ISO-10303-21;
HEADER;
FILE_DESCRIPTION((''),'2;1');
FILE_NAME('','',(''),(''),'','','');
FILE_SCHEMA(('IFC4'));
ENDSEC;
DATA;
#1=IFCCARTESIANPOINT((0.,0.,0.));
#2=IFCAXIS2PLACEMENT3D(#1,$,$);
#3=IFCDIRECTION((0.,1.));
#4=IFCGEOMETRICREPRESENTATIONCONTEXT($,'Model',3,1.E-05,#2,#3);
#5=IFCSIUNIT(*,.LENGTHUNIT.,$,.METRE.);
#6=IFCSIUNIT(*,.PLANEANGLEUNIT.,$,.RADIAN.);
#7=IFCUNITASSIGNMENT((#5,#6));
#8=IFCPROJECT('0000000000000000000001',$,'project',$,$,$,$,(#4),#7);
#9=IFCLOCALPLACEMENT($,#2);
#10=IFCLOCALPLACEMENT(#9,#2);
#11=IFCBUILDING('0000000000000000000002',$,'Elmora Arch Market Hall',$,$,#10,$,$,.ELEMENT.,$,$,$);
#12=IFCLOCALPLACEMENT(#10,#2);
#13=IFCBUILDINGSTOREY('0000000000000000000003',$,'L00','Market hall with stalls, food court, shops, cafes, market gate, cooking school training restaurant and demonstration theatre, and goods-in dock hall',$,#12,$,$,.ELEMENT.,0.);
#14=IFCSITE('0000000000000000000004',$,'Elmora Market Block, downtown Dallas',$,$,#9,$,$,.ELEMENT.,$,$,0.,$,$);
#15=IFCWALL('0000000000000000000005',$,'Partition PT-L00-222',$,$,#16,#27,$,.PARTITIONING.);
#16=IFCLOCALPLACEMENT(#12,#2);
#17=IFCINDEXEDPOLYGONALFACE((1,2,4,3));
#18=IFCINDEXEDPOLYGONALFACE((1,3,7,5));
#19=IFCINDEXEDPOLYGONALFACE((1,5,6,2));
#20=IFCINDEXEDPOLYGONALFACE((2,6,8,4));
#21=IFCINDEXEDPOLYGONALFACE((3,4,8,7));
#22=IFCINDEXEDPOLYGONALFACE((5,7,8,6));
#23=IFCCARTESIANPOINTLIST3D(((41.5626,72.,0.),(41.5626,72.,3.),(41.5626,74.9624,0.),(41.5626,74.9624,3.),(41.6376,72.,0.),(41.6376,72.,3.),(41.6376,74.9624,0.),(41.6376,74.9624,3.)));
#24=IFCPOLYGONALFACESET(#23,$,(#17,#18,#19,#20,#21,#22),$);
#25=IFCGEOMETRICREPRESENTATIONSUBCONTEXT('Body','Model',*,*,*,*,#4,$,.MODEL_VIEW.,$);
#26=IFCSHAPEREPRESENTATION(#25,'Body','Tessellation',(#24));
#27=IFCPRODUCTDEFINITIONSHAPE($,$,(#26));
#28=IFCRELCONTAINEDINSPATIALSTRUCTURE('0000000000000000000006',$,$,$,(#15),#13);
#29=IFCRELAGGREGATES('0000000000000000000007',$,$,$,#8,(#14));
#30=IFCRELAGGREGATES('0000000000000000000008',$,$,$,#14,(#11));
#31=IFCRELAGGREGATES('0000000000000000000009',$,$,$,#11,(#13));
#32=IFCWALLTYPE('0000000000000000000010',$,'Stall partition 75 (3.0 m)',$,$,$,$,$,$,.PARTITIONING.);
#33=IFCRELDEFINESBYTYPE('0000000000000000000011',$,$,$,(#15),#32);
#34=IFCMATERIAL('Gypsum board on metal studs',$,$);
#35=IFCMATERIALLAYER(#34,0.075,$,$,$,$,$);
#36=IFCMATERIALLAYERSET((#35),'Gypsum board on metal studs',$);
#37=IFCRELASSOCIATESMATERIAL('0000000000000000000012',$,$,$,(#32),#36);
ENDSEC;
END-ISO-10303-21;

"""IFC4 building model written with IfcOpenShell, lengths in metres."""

from ifc_helpers import new_model, si_unit, direction, frame, frame_2d, origin, place, context, subcontext, project, spatial, rectangle, extrude, material, layer, layer_set, type_object, element, save


model = new_model("IFC4")

# Units and contexts
model_context = context("Model", 3, precision=1e-05, world=origin(), true_north=direction((0.0, 1.0)))
body_context = subcontext(model_context, "Body", "Model", "MODEL_VIEW")
ifc_project = project(units=[si_unit("LENGTHUNIT", "METRE"), si_unit("PLANEANGLEUNIT", "RADIAN")], contexts=[model_context])

# Site, building, storey
site_placement = place(None, origin())
site = spatial("IfcSite", under=ifc_project, at=site_placement, Name="Elmora Market Block, downtown Dallas", CompositionType="ELEMENT", RefElevation=0.0)
building_placement = place(site_placement, origin())
building = spatial("IfcBuilding", under=site, at=building_placement, Name="Elmora Arch Market Hall", CompositionType="ELEMENT")
storey_placement = place(building_placement, origin())
storey = spatial("IfcBuildingStorey", under=building, at=storey_placement, Name="L00", Description="Market hall with stalls, food court, shops, cafes, market gate, cooking school training restaurant and demonstration theatre, and goods-in dock hall", CompositionType="ELEMENT", Elevation=0.0)

# Shared definitions
ifc_material_1 = material(Name="Gypsum board on metal studs")
ifc_layer_1 = layer(ifc_material_1, 0.075)
ifc_layer_set_1 = layer_set([ifc_layer_1], Name="Gypsum board on metal studs")
wall_type_1 = type_object("IfcWallType", Name="Stall partition 75 (3.0 m)", PredefinedType="PARTITIONING", material=ifc_layer_set_1)

# Wall
for number, where, z_axis, x_axis, name in (
    (1, (41.6001, 72.0, 0.0), (0.0, 0.0, 1.0), (0.0, 1.0, 0.0), "Partition PT-L00-222"),
):
    element("IfcWall", number, at=place(storey_placement, frame(where, z_axis=z_axis, x_axis=x_axis)), inside=storey, type_object=wall_type_1, Name=name, PredefinedType="PARTITIONING", context=body_context, shape_type="SweptSolid", body=[
        extrude(rectangle(XDim=2.9624, YDim=0.075, at=frame_2d((1.4812, 0.0))), origin(), (0.0, 0.0, 1.0), 3.0),
    ])

save(model, "model.ifc")
